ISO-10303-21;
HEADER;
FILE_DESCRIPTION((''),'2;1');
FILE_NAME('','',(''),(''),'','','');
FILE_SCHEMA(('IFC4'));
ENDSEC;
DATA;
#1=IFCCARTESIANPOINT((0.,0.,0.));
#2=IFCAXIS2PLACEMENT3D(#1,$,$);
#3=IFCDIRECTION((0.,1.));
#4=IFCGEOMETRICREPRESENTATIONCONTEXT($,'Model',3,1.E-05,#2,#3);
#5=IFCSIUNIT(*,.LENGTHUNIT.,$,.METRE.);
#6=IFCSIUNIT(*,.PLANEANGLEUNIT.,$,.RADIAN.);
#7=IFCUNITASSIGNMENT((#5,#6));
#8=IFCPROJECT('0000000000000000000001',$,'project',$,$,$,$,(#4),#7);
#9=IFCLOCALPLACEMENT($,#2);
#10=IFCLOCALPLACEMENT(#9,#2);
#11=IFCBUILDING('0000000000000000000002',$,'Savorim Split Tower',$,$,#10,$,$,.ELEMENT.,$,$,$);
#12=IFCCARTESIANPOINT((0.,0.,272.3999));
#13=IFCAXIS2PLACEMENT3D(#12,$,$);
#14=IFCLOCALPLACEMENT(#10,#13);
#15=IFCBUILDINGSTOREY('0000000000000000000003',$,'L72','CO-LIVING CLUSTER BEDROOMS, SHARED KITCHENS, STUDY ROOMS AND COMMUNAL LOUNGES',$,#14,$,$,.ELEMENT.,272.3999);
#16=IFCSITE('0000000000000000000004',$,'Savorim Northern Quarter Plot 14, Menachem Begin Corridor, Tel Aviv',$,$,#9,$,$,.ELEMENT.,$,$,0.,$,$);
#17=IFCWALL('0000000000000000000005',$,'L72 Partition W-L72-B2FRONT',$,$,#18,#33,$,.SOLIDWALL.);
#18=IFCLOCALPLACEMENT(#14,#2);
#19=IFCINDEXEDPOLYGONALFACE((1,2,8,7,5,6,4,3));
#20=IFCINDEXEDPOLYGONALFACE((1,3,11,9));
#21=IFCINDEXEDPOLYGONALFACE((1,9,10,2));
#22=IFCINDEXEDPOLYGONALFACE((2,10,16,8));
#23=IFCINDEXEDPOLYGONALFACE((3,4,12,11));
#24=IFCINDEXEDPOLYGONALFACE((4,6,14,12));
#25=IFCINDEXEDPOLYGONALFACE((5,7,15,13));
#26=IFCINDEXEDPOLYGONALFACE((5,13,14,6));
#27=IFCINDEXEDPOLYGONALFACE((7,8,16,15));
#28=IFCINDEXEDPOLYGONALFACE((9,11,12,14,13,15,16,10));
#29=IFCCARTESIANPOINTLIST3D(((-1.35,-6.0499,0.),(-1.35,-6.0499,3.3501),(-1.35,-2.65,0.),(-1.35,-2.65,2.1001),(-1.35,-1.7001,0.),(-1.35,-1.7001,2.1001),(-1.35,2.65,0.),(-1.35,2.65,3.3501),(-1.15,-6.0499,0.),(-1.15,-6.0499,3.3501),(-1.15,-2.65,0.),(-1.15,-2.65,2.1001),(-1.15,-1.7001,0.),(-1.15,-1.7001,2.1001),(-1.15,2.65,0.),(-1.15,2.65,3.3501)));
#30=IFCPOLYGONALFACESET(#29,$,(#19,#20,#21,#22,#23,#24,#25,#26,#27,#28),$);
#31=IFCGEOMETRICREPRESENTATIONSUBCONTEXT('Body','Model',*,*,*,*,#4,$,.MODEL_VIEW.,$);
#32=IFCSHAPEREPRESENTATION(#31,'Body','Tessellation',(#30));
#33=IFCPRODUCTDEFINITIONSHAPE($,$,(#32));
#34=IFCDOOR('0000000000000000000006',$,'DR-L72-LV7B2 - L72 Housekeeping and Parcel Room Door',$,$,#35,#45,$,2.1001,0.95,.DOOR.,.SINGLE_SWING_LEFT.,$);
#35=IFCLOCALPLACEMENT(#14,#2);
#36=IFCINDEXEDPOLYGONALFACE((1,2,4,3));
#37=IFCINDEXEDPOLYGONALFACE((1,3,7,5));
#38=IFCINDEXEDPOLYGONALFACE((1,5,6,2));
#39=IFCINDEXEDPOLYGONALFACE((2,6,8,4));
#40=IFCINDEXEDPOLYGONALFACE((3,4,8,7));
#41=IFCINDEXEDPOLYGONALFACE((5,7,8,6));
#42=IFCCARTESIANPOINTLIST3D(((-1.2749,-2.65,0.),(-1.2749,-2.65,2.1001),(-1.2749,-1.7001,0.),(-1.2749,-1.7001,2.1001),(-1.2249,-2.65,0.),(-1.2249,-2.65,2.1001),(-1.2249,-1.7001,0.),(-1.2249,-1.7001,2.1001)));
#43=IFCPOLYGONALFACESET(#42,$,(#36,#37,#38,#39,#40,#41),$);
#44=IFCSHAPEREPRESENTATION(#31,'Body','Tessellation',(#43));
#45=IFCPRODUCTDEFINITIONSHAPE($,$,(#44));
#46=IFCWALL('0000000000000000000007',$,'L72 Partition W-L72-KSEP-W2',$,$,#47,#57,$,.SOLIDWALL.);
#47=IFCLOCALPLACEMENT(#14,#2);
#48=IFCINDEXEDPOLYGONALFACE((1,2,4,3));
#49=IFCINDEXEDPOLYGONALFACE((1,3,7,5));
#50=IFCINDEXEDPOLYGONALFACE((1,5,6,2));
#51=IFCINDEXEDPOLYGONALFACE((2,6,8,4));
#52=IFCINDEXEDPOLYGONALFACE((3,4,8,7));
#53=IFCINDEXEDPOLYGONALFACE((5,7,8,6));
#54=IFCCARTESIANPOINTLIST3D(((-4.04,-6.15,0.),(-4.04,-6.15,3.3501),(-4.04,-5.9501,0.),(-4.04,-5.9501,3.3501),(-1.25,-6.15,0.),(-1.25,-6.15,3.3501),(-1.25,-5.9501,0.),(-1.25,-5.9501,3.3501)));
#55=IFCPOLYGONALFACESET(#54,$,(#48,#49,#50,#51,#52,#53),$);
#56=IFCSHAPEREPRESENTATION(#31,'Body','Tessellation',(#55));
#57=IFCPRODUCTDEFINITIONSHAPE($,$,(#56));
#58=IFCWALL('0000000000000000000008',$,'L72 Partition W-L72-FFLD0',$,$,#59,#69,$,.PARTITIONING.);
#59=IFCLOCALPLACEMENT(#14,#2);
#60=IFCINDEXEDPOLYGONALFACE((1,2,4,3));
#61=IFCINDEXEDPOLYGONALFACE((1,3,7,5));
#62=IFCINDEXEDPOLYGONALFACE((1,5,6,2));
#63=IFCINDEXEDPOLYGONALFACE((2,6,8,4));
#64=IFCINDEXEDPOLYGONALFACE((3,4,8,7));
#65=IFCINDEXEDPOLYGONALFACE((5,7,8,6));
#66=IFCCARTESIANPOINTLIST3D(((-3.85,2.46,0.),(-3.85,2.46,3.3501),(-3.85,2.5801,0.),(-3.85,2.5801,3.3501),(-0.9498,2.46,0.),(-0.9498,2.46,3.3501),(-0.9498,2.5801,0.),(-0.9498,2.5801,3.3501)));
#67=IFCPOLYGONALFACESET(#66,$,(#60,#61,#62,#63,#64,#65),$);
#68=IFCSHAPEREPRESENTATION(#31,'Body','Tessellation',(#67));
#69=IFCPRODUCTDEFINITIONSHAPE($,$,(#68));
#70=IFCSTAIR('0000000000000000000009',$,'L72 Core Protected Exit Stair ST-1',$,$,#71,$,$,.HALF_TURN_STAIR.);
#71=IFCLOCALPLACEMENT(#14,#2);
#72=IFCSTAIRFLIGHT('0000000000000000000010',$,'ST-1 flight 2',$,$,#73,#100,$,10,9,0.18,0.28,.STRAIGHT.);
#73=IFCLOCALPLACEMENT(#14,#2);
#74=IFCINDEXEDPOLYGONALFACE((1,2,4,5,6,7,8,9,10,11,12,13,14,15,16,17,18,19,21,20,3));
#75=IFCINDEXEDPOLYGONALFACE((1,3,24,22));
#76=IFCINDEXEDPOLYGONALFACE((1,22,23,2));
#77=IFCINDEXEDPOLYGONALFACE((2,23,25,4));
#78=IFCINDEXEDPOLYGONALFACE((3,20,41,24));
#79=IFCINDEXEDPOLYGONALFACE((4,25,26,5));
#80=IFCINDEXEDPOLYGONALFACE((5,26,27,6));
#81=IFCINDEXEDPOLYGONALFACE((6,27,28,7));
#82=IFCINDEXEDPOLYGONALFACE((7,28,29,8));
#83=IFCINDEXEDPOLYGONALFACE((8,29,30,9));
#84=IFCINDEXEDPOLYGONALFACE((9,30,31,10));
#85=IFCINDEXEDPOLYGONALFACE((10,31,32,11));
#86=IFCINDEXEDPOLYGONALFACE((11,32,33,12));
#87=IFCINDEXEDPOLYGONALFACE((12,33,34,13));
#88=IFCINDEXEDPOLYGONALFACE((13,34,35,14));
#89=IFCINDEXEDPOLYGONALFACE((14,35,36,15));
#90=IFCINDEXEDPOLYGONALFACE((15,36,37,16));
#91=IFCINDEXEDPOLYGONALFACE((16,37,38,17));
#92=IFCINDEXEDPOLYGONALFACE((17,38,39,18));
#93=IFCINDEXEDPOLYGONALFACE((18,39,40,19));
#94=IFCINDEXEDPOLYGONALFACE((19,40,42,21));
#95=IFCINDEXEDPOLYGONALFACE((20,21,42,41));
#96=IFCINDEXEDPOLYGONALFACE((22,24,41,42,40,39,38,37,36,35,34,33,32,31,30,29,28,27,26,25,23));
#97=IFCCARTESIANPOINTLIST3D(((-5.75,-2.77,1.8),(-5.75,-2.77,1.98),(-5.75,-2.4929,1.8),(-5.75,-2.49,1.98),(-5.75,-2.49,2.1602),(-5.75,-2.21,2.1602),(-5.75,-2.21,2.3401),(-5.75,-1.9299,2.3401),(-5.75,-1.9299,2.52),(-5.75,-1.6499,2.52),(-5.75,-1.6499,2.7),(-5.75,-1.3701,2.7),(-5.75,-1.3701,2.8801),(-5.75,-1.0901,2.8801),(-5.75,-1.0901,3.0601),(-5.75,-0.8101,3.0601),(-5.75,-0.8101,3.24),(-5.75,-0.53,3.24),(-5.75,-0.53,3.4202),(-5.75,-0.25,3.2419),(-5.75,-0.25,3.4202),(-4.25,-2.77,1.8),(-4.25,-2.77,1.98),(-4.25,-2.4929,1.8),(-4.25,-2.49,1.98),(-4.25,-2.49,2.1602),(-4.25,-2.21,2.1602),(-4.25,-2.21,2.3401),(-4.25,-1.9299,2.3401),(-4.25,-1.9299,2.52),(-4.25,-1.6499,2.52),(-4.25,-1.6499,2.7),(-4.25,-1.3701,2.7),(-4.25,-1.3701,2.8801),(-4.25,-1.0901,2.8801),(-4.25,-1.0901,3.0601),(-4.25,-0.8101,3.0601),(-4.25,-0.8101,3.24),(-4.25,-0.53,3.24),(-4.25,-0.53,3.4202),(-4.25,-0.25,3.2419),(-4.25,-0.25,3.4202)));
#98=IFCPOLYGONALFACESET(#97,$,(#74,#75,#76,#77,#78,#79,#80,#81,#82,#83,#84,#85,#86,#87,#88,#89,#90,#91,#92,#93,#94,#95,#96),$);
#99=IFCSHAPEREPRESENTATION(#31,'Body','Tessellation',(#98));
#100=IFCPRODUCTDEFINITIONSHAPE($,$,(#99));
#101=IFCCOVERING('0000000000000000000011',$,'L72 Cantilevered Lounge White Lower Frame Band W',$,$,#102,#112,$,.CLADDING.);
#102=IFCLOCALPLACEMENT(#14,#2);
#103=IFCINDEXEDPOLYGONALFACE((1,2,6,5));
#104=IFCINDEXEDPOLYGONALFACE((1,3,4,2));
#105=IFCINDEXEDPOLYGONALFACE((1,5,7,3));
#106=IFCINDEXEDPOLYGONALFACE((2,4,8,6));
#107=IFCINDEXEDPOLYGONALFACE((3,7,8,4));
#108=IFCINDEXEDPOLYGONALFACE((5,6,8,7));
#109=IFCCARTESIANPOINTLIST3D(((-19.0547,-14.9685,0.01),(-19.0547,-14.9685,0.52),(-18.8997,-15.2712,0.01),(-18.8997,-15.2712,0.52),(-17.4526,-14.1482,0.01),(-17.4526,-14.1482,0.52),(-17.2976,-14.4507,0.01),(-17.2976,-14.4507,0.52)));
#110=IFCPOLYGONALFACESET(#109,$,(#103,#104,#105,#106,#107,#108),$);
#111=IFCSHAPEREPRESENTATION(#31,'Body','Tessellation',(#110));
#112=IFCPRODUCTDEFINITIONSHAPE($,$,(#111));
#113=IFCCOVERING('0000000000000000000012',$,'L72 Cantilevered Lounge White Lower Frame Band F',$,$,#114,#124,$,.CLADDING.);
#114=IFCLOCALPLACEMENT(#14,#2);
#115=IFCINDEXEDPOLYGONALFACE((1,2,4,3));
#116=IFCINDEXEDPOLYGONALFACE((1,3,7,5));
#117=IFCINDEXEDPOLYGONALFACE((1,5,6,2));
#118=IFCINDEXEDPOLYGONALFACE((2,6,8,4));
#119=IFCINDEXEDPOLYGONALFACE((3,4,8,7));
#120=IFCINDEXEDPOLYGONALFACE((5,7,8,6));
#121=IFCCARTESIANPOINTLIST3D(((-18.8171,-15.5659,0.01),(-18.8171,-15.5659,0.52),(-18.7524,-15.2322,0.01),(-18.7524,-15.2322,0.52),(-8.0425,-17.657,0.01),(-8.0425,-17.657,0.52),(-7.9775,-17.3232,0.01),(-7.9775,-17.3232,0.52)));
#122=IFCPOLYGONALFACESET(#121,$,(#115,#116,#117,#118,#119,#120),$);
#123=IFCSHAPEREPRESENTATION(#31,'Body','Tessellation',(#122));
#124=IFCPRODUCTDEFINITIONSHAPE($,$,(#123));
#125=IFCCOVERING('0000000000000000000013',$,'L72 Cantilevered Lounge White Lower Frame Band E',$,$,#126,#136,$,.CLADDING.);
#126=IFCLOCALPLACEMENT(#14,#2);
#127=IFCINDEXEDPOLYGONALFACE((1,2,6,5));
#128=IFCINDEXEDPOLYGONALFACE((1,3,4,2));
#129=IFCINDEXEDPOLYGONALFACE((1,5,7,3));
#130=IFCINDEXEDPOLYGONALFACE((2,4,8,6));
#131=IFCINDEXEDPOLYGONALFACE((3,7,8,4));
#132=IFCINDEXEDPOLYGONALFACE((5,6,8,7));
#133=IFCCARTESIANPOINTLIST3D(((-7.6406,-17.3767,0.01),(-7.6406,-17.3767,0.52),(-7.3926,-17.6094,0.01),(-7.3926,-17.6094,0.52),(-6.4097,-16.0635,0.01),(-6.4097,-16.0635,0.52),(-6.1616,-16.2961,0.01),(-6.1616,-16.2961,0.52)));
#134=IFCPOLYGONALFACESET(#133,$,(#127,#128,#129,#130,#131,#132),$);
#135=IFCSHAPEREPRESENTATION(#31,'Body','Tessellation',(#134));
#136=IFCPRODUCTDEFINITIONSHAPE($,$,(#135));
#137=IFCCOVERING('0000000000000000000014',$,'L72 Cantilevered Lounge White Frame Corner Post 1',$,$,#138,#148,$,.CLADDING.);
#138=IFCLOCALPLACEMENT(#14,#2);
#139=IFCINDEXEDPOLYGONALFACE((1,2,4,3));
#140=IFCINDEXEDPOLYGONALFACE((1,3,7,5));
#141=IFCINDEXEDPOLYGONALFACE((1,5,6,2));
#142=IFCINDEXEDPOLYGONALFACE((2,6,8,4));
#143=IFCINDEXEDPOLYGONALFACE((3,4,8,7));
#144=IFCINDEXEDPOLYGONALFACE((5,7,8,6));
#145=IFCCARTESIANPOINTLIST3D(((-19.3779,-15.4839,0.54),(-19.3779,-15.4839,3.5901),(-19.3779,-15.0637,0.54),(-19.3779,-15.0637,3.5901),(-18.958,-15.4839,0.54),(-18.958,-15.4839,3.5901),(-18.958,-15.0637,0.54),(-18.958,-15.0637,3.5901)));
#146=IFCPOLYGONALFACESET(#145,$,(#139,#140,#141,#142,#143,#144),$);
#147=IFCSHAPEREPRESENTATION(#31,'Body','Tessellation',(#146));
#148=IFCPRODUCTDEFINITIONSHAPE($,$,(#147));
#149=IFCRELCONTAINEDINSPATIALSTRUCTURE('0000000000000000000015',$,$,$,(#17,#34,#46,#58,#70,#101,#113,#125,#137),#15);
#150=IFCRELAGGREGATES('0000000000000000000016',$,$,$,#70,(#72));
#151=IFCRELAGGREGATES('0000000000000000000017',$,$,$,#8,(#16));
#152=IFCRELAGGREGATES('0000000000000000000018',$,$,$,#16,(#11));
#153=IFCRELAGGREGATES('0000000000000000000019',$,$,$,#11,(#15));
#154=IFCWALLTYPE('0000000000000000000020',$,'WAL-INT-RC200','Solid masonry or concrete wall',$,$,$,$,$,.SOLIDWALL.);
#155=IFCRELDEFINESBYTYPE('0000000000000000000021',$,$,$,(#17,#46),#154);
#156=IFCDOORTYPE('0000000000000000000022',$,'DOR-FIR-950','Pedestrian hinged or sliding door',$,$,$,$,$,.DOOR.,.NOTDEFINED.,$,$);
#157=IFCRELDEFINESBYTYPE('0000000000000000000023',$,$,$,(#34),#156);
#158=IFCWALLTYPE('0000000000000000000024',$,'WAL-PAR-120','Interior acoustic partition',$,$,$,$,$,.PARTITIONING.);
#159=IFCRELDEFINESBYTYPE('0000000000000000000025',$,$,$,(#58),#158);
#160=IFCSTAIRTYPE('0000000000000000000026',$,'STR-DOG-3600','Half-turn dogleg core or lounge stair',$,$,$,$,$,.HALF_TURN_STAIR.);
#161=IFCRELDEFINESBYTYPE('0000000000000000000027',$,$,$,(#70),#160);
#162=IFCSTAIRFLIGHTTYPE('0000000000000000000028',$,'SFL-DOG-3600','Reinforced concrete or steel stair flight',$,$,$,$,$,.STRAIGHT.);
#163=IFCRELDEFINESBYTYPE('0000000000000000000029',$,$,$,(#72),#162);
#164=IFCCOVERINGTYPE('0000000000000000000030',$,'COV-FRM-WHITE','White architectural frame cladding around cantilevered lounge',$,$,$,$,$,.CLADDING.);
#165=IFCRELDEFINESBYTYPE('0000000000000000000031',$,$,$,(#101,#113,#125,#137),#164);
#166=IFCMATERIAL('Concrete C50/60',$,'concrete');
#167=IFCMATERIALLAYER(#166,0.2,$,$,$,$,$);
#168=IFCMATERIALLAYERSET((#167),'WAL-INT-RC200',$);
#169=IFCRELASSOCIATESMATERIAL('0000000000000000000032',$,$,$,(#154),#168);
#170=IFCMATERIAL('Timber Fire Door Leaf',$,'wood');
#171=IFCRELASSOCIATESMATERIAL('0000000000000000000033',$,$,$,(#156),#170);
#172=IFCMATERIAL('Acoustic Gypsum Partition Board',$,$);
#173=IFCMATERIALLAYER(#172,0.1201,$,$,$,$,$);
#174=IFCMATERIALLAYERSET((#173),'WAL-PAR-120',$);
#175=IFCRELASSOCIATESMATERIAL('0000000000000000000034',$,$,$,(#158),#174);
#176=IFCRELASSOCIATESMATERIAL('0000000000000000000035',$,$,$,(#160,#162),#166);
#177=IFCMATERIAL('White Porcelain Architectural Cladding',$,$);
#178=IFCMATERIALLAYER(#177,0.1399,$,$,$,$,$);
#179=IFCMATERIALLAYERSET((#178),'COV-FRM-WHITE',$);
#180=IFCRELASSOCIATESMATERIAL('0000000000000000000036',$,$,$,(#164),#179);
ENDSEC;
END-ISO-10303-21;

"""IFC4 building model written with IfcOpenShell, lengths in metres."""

from ifc_helpers import new_model, si_unit, direction, frame, frame_2d, origin, place, context, subcontext, project, spatial, polyline, rectangle, outline, extrude, material, layer, layer_set, type_object, element, fill, aggregate, save


model = new_model("IFC4")

# Units and contexts
model_context = context("Model", 3, precision=1e-05, world=origin(), true_north=direction((0.0, 1.0)))
body_context = subcontext(model_context, "Body", "Model", "MODEL_VIEW")
ifc_project = project(units=[si_unit("LENGTHUNIT", "METRE"), si_unit("PLANEANGLEUNIT", "RADIAN")], contexts=[model_context])

# Site, building, storey
site_placement = place(None, origin())
site = spatial("IfcSite", under=ifc_project, at=site_placement, Name="Savorim Northern Quarter Plot 14, Menachem Begin Corridor, Tel Aviv", CompositionType="ELEMENT", RefElevation=0.0)
building_placement = place(site_placement, origin())
building = spatial("IfcBuilding", under=site, at=building_placement, Name="Savorim Split Tower", CompositionType="ELEMENT")
storey_placement = place(building_placement, frame((0.0, 0.0, 272.3999)))
storey = spatial("IfcBuildingStorey", under=building, at=storey_placement, Name="L72", Description="CO-LIVING CLUSTER BEDROOMS, SHARED KITCHENS, STUDY ROOMS AND COMMUNAL LOUNGES", CompositionType="ELEMENT", Elevation=272.3999)

# Shared definitions
ifc_material_1 = material(Name="Concrete C50/60", Category="concrete")

# Shared definitions
ifc_layer_1 = layer(ifc_material_1, 0.2)
ifc_layer_set_1 = layer_set([ifc_layer_1], Name="WAL-INT-RC200")
wall_type_1 = type_object("IfcWallType", Name="WAL-INT-RC200", Description="Solid masonry or concrete wall", PredefinedType="SOLIDWALL", material=ifc_layer_set_1)

# Wall, opening, door
wall_1_placement = place(storey_placement, frame((-1.25, -6.05, 0.0), z_axis=(0.0, 0.0, 1.0), x_axis=(0.0, 1.0, 0.0)))
wall_1 = element("IfcWall", 1, at=wall_1_placement, inside=storey, type_object=wall_type_1, Name="L72 Partition W-L72-B2FRONT", PredefinedType="SOLIDWALL", context=body_context, shape_type="SweptSolid", body=[
    extrude(rectangle(XDim=8.7, YDim=0.2, at=frame_2d((4.3501, 0.0))), origin(), (0.0, 0.0, 1.0), 3.3501),
])
opening_1_placement = place(wall_1_placement, frame((3.3999, 0.0, 0.0)))
opening_1 = element("IfcOpeningElement", 2, at=opening_1_placement, cuts=wall_1, PredefinedType="OPENING", context=body_context, shape_type="SweptSolid", body=[
    extrude(rectangle(XDim=0.95, YDim=2.1001, at=frame_2d((0.4751, 1.05))), frame((0.0, 0.1099, 0.0), z_axis=(0.0, -1.0, 0.0), x_axis=(1.0, 0.0, 0.0)), (0.0, 0.0, 1.0), 0.22),
])
ifc_material_2 = material(Name="Timber Fire Door Leaf", Category="wood")
door_type_1 = type_object("IfcDoorType", Name="DOR-FIR-950", Description="Pedestrian hinged or sliding door", OperationType="NOTDEFINED", PredefinedType="DOOR", material=ifc_material_2)
door_1_placement = place(opening_1_placement, origin())
door_1 = element("IfcDoor", 3, at=door_1_placement, inside=storey, type_object=door_type_1, Name="DR-L72-LV7B2 - L72 Housekeeping and Parcel Room Door", OperationType="SINGLE_SWING_LEFT", OverallHeight=2.1001, OverallWidth=0.95, PredefinedType="DOOR", context=body_context, shape_type="SweptSolid", body=[
    extrude(rectangle(XDim=0.95, YDim=2.1001, at=frame_2d((0.4751, 1.05))), frame((0.0, 0.0249, 0.0), z_axis=(0.0, -1.0, 0.0), x_axis=(1.0, 0.0, 0.0)), (0.0, 0.0, 1.0), 0.05),
])
fill(opening_1, door_1)

# Walls
wall_2_placement = place(storey_placement, frame((-4.04, -6.05, 0.0), z_axis=(0.0, 0.0, 1.0), x_axis=(1.0, 0.0, 0.0)))
element("IfcWall", 4, at=wall_2_placement, inside=storey, type_object=wall_type_1, Name="L72 Partition W-L72-KSEP-W2", PredefinedType="SOLIDWALL", context=body_context, shape_type="SweptSolid", body=[
    extrude(rectangle(XDim=2.79, YDim=0.2, at=frame_2d((1.395, 0.0))), origin(), (0.0, 0.0, 1.0), 3.3501),
])
ifc_material_3 = material(Name="Acoustic Gypsum Partition Board")
ifc_layer_2 = layer(ifc_material_3, 0.1201)
ifc_layer_set_2 = layer_set([ifc_layer_2], Name="WAL-PAR-120")
wall_type_2 = type_object("IfcWallType", Name="WAL-PAR-120", Description="Interior acoustic partition", PredefinedType="PARTITIONING", material=ifc_layer_set_2)
wall_3_placement = place(storey_placement, frame((-3.8501, 2.52, 0.0), z_axis=(0.0, 0.0, 1.0), x_axis=(1.0, 0.0, 0.0)))
element("IfcWall", 5, at=wall_3_placement, inside=storey, type_object=wall_type_2, Name="L72 Partition W-L72-FFLD0", PredefinedType="PARTITIONING", context=body_context, shape_type="SweptSolid", body=[
    extrude(rectangle(XDim=2.9001, YDim=0.1201, at=frame_2d((1.4502, 0.0))), origin(), (0.0, 0.0, 1.0), 3.3501),
])

# Stair, stair flight
stair_type = type_object("IfcStairType", Name="STR-DOG-3600", Description="Half-turn dogleg core or lounge stair", PredefinedType="HALF_TURN_STAIR", material=ifc_material_1)
stair_placement = place(storey_placement, origin())
stair = element("IfcStair", 6, at=stair_placement, inside=storey, type_object=stair_type, Name="L72 Core Protected Exit Stair ST-1", PredefinedType="HALF_TURN_STAIR")
stair_flight_type = type_object("IfcStairFlightType", Name="SFL-DOG-3600", Description="Reinforced concrete or steel stair flight", PredefinedType="STRAIGHT", material=ifc_material_1)
stair_flight_placement = place(storey_placement, frame((-5.0, -2.77, 1.8), z_axis=(0.0, 0.0, 1.0), x_axis=(0.0, 1.0, 0.0)))
stair_flight = element("IfcStairFlight", 7, at=stair_flight_placement, type_object=stair_flight_type, Name="ST-1 flight 2", NumberOfRisers=10, NumberOfTreads=9, PredefinedType="STRAIGHT", RiserHeight=0.18, TreadLength=0.28, context=body_context, shape_type="SweptSolid", body=[
    extrude(outline(polyline([(0.0, 0.0), (0.0, 0.1799), (0.28, 0.1799), (0.28, 0.3601), (0.5601, 0.3601), (0.5601, 0.54), (0.8401, 0.54), (0.8401, 0.72), (1.1201, 0.72), (1.1201, 0.8999), (1.3999, 0.8999), (1.3999, 1.0801), (1.6799, 1.0801), (1.6799, 1.26), (1.96, 1.26), (1.96, 1.4399), (2.24, 1.4399), (2.24, 1.6201), (2.52, 1.6201), (2.52, 1.8), (2.52, 1.4419), (0.2771, 0.0), (0.0, 0.0)])), frame((0.0, 0.75, 0.0), z_axis=(0.0, -1.0, 0.0), x_axis=(1.0, 0.0, 0.0)), (0.0, 0.0, 1.0), 1.5),
])
aggregate(stair, [stair_flight])

# Coverings
ifc_material_4 = material(Name="White Porcelain Architectural Cladding")
ifc_layer_3 = layer(ifc_material_4, 0.1399)
ifc_layer_set_3 = layer_set([ifc_layer_3], Name="COV-FRM-WHITE")
covering_type = type_object("IfcCoveringType", Name="COV-FRM-WHITE", Description="White architectural frame cladding around cantilevered lounge", PredefinedType="CLADDING", material=ifc_layer_set_3)
covering_1_placement = place(storey_placement, frame((0.0, 0.0, 0.01)))
element("IfcCovering", 8, at=covering_1_placement, inside=storey, type_object=covering_type, Name="L72 Cantilevered Lounge White Lower Frame Band W", PredefinedType="CLADDING", context=body_context, shape_type="SweptSolid", body=[
    extrude(outline(polyline([(-17.4526, -14.1482), (-19.0547, -14.9685), (-18.8997, -15.2712), (-17.2976, -14.4507), (-17.4526, -14.1482)])), origin(), (0.0, 0.0, 1.0), 0.51),
])
covering_2_placement = place(storey_placement, frame((0.0, 0.0, 0.01)))
element("IfcCovering", 9, at=covering_2_placement, inside=storey, type_object=covering_type, Name="L72 Cantilevered Lounge White Lower Frame Band F", PredefinedType="CLADDING", context=body_context, shape_type="SweptSolid", body=[
    extrude(outline(polyline([(-18.8171, -15.5659), (-8.0425, -17.657), (-7.9775, -17.3232), (-18.7524, -15.2322), (-18.8171, -15.5659)])), origin(), (0.0, 0.0, 1.0), 0.51),
])
covering_3_placement = place(storey_placement, frame((0.0, 0.0, 0.01)))
element("IfcCovering", 10, at=covering_3_placement, inside=storey, type_object=covering_type, Name="L72 Cantilevered Lounge White Lower Frame Band E", PredefinedType="CLADDING", context=body_context, shape_type="SweptSolid", body=[
    extrude(outline(polyline([(-7.3926, -17.6094), (-6.1616, -16.2961), (-6.4097, -16.0635), (-7.6406, -17.3767), (-7.3926, -17.6094)])), origin(), (0.0, 0.0, 1.0), 0.51),
])
covering_4_placement = place(storey_placement, frame((0.0, 0.0, 0.54)))
element("IfcCovering", 11, at=covering_4_placement, inside=storey, type_object=covering_type, Name="L72 Cantilevered Lounge White Frame Corner Post 1", PredefinedType="CLADDING", context=body_context, shape_type="SweptSolid", body=[
    extrude(outline(polyline([(-19.3779, -15.4839), (-18.958, -15.4839), (-18.958, -15.0637), (-19.3779, -15.0637), (-19.3779, -15.4839)])), origin(), (0.0, 0.0, 1.0), 3.05),
])

save(model, "model.ifc")
